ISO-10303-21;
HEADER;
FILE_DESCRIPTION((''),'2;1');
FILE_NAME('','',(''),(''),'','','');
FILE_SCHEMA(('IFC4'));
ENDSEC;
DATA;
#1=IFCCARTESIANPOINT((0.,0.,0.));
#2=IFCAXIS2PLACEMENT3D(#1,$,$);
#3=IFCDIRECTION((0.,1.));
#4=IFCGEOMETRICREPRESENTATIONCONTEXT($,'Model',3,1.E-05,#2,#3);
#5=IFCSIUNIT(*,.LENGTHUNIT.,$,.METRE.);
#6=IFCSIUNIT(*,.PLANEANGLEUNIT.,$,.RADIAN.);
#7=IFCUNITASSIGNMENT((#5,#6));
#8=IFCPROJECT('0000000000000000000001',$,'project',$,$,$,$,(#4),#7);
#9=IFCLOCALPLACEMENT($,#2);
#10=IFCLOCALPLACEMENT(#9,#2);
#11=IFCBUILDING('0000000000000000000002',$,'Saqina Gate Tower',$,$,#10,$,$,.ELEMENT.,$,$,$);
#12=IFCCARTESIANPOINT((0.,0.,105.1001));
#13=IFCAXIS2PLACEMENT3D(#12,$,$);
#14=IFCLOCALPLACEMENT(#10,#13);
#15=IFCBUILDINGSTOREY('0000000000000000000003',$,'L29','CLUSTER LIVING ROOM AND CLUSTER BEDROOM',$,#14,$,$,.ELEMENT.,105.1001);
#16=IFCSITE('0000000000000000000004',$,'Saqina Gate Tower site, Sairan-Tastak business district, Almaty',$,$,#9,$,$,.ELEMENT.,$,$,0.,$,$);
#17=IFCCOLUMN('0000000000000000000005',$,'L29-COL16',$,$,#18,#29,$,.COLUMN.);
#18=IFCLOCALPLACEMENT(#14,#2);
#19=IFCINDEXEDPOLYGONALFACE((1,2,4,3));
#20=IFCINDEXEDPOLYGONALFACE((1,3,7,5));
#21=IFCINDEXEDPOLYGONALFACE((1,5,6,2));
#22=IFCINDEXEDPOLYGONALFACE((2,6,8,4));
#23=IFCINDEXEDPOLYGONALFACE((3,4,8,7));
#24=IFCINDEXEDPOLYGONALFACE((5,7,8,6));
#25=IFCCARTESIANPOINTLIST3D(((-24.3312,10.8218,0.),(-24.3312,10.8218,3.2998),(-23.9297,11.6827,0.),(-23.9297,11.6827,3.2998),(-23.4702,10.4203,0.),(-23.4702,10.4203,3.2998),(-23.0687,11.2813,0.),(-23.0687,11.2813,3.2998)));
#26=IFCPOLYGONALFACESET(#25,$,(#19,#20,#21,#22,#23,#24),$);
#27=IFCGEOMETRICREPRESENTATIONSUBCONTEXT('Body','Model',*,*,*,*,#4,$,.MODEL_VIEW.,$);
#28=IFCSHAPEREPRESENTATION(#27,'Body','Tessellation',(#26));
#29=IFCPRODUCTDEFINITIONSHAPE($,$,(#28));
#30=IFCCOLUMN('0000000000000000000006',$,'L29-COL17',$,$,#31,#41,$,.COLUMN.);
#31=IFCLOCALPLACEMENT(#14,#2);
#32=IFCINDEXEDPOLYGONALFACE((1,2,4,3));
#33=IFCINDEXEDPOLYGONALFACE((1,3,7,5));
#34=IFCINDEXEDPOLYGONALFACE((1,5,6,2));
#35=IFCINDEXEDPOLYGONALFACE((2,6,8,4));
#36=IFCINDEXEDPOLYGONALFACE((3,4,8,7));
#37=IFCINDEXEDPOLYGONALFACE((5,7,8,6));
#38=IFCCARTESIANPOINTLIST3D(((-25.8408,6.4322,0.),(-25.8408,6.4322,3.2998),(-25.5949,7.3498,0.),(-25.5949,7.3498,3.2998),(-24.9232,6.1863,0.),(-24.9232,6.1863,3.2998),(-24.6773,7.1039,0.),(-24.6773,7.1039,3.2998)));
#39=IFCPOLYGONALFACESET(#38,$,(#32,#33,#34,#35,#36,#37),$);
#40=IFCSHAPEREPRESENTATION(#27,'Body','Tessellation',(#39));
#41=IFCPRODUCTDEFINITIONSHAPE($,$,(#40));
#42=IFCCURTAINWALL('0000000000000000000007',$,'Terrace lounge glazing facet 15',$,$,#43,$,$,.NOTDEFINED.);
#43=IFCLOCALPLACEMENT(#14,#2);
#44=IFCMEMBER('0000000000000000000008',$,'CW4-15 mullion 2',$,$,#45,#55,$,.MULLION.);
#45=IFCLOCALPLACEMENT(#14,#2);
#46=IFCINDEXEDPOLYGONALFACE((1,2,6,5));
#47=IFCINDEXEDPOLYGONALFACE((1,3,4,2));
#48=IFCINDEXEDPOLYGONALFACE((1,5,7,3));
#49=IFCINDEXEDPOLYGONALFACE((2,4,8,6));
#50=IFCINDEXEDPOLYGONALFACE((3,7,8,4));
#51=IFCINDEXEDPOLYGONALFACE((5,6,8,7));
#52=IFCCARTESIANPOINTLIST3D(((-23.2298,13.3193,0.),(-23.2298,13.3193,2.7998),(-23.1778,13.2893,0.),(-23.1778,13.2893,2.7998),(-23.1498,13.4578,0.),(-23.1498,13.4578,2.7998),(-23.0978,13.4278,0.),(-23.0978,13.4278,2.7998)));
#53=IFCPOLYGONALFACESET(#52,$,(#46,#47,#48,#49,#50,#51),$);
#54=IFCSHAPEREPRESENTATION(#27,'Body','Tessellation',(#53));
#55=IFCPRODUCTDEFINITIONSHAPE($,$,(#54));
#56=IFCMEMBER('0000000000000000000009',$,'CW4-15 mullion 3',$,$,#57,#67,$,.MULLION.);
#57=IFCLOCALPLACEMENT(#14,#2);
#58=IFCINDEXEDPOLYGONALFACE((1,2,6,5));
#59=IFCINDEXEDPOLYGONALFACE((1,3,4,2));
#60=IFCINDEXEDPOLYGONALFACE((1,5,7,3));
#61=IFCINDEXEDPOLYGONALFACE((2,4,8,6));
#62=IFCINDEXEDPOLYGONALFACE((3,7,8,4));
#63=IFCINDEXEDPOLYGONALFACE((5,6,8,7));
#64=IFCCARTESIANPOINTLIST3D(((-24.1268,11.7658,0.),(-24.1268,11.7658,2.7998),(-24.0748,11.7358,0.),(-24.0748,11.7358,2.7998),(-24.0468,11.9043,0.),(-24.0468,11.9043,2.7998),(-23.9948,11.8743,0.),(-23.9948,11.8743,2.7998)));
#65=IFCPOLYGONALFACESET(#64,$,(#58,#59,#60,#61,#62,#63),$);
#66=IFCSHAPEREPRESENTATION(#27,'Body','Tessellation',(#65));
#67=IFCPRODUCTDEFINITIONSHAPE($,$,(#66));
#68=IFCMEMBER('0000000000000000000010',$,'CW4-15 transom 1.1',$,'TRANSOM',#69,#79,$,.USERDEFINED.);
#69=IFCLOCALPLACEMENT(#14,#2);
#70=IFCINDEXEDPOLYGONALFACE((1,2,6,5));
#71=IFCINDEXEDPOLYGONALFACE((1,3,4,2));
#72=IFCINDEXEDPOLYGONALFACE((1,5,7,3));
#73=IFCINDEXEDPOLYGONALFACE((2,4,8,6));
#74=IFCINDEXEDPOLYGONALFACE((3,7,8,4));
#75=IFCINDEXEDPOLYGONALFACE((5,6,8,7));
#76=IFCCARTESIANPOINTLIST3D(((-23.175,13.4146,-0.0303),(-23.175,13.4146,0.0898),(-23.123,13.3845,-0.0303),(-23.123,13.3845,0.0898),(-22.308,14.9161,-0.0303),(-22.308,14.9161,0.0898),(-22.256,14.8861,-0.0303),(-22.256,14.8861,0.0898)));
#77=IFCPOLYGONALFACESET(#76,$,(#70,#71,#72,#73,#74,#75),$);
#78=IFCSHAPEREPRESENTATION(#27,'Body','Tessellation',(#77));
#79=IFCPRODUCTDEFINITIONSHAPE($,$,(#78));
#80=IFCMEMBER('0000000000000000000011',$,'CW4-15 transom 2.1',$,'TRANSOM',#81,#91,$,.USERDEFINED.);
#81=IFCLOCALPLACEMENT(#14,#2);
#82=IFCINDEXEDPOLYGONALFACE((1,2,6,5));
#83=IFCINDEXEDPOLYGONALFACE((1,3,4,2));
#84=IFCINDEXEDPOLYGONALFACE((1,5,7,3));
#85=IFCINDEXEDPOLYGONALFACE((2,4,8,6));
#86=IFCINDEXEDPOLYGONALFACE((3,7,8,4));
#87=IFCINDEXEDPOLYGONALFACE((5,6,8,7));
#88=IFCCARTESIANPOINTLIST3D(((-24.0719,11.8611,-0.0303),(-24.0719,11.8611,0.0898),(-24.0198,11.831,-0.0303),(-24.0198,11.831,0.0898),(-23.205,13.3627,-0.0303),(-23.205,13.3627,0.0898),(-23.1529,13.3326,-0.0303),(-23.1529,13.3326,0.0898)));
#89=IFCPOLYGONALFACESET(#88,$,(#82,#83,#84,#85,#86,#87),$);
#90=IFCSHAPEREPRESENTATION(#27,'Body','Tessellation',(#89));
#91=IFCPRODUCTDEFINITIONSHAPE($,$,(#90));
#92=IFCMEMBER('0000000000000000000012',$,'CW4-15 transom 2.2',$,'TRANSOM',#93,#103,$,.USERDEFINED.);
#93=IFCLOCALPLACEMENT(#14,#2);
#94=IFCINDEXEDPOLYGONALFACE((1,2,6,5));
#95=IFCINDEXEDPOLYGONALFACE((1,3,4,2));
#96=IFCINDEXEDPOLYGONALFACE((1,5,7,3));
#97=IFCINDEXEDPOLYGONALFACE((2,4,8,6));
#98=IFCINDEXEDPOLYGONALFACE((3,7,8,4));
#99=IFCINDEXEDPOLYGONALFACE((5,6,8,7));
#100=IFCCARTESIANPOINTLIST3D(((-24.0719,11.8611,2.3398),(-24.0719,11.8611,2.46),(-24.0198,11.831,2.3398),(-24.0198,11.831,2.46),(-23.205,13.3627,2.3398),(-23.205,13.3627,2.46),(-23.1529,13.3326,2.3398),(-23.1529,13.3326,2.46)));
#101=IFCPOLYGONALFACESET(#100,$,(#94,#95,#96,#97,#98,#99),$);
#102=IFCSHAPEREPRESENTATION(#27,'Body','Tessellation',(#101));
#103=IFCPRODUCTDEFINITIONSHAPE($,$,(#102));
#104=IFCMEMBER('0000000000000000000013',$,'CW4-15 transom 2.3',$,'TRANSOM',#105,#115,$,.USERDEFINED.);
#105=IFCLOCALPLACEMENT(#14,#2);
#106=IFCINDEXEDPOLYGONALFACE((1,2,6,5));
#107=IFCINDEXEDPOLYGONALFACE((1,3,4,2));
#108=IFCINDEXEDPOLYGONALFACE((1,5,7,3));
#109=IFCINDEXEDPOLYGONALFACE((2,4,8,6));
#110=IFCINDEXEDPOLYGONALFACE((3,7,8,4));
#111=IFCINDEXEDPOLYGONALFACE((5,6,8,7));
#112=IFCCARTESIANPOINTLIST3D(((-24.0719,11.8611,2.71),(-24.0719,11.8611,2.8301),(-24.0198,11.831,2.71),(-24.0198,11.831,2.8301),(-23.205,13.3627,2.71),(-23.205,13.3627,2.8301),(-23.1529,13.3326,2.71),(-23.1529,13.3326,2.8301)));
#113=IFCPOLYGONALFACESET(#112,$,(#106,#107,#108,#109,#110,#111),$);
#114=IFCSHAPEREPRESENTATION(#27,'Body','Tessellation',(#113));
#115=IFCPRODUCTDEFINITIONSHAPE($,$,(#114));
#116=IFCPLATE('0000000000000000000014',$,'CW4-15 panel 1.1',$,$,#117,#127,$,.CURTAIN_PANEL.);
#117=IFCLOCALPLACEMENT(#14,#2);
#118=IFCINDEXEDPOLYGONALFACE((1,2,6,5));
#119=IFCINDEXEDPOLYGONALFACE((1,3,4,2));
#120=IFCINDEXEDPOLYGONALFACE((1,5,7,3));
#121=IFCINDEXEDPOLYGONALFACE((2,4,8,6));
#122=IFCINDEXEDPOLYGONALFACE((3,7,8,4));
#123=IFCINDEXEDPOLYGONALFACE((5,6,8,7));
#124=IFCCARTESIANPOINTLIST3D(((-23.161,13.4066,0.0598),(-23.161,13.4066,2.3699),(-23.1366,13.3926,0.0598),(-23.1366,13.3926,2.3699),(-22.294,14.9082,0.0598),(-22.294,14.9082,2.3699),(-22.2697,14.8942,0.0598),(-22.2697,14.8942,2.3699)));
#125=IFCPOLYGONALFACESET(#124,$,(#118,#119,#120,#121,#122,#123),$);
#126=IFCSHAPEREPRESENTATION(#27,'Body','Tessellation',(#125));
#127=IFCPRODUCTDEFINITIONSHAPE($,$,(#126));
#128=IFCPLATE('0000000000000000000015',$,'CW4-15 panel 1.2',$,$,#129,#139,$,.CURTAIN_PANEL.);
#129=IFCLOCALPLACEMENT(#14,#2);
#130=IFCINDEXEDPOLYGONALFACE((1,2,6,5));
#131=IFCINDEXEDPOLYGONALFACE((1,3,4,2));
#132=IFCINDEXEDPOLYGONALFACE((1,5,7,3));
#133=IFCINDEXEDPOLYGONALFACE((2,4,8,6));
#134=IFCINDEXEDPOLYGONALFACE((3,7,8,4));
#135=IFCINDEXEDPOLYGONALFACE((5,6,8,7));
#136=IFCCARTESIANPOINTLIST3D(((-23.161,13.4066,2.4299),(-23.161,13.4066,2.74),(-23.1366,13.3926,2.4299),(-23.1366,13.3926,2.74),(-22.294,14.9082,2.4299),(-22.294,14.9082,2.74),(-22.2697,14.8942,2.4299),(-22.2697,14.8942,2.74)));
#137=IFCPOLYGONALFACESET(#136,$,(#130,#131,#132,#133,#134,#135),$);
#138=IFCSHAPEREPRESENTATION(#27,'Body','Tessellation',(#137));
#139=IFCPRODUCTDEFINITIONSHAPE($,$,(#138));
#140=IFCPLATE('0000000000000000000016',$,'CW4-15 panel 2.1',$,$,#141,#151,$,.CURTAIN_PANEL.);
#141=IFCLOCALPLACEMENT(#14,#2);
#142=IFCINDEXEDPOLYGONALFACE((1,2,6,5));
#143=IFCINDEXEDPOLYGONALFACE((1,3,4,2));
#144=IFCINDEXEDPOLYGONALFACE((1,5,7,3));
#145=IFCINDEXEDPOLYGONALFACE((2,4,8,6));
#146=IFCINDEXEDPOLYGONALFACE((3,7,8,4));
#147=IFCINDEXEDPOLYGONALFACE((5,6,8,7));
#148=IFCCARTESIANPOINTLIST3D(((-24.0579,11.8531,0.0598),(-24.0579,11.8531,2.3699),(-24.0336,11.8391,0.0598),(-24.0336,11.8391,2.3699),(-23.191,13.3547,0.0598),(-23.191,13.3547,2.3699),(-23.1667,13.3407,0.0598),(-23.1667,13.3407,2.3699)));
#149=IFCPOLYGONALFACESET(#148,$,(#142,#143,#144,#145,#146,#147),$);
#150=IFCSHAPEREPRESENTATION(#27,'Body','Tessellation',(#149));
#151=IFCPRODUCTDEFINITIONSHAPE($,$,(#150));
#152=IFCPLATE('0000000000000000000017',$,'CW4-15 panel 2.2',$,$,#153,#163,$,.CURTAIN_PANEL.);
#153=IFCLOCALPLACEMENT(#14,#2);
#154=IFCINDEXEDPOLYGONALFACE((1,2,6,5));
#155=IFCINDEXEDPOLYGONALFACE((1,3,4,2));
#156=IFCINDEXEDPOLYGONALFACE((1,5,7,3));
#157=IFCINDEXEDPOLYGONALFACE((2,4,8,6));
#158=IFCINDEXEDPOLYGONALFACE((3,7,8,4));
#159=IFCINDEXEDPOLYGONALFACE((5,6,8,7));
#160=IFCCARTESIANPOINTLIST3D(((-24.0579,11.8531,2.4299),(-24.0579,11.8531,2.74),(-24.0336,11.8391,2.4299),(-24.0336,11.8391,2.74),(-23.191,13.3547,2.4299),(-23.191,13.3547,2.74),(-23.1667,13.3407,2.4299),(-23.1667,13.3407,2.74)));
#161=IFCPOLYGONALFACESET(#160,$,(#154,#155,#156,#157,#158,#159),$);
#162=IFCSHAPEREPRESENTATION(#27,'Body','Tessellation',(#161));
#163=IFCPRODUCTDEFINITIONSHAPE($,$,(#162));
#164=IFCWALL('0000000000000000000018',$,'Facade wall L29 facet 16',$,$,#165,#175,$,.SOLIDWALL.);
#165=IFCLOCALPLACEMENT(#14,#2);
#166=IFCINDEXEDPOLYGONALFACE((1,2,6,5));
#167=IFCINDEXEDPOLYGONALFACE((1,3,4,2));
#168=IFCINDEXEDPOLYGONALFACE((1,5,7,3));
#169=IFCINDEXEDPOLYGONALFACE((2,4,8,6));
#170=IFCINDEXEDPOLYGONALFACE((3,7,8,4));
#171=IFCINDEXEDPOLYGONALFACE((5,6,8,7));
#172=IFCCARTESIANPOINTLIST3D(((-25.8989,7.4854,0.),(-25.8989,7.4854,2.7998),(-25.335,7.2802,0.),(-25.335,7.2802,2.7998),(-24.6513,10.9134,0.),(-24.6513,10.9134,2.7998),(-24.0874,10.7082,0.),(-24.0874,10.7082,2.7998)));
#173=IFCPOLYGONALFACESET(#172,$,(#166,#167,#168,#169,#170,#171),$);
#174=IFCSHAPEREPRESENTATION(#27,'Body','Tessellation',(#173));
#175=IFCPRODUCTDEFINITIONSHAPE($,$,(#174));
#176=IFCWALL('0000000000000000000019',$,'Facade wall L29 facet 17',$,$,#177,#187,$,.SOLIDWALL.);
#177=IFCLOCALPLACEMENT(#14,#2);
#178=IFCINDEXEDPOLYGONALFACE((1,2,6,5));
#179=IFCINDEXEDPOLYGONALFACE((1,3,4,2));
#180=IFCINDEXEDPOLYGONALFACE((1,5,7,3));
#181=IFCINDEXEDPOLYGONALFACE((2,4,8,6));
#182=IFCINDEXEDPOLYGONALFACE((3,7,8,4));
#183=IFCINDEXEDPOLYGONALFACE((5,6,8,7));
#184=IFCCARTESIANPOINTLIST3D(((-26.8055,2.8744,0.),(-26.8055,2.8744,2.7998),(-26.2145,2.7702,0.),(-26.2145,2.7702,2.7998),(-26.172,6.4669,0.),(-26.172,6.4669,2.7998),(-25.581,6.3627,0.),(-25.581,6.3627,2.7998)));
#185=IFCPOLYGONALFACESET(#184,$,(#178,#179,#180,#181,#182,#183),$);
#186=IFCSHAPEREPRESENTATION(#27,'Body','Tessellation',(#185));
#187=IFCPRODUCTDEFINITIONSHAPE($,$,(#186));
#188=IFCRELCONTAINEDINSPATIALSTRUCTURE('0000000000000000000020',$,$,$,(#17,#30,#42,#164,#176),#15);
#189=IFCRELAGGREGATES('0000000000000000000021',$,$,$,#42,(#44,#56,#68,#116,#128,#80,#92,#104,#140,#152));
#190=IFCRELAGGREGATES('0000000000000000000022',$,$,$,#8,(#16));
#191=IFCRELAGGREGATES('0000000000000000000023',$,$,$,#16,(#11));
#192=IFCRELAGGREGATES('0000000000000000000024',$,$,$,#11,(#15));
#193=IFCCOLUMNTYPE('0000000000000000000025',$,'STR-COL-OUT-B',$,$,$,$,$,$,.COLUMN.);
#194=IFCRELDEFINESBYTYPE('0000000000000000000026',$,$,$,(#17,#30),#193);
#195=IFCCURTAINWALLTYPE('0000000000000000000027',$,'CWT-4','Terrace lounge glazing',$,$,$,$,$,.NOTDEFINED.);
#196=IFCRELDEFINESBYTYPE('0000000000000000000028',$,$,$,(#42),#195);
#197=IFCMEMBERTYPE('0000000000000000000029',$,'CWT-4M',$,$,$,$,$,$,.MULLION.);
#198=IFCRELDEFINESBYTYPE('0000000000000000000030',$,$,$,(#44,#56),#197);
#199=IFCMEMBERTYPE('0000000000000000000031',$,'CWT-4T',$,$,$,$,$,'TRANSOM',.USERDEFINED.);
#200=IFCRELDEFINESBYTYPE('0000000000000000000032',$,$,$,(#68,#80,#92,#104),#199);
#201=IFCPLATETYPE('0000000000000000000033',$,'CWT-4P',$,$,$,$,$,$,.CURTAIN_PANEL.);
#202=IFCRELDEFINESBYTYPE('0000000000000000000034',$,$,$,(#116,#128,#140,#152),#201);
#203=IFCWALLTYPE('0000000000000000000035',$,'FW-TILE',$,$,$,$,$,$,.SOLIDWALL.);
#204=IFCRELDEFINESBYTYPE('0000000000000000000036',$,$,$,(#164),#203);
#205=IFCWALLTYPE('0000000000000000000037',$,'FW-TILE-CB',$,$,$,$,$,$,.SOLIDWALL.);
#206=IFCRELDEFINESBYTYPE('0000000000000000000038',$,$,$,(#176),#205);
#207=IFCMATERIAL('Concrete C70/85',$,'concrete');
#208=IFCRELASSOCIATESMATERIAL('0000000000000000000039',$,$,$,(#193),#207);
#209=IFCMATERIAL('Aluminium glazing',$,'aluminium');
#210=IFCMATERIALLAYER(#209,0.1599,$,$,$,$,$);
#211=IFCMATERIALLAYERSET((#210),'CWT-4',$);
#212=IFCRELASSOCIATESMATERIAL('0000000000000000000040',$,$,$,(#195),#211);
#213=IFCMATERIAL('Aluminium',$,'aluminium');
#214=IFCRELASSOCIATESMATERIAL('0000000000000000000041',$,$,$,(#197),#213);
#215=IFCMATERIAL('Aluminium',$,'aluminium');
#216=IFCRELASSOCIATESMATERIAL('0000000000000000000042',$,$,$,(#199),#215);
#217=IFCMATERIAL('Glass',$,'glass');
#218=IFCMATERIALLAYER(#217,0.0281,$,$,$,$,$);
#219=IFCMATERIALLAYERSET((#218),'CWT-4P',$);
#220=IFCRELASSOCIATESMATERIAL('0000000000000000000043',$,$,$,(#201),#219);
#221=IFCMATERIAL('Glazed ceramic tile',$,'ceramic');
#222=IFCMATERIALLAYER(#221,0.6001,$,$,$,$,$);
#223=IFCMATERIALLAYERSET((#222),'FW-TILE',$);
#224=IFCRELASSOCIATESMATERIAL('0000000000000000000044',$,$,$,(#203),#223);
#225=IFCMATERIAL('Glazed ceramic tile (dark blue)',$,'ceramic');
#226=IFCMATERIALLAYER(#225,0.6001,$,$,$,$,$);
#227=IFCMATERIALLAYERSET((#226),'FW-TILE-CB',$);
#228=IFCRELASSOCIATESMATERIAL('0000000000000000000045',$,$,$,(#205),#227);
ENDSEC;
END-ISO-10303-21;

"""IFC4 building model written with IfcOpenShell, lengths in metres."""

from ifc_helpers import new_model, si_unit, direction, frame, frame_2d, origin, origin_2d, place, context, subcontext, project, spatial, rectangle, extrude, material, layer, layer_set, material_profile, profile_set, type_object, element, aggregate, save


model = new_model("IFC4")

# Units and contexts
model_context = context("Model", 3, precision=1e-05, world=origin(), true_north=direction((0.0, 1.0)))
body_context = subcontext(model_context, "Body", "Model", "MODEL_VIEW")
ifc_project = project(units=[si_unit("LENGTHUNIT", "METRE"), si_unit("PLANEANGLEUNIT", "RADIAN")], contexts=[model_context])

# Site, building, storey
site_placement = place(None, origin())
site = spatial("IfcSite", under=ifc_project, at=site_placement, Name="Saqina Gate Tower site, Sairan-Tastak business district, Almaty", CompositionType="ELEMENT", RefElevation=0.0)
building_placement = place(site_placement, origin())
building = spatial("IfcBuilding", under=site, at=building_placement, Name="Saqina Gate Tower", CompositionType="ELEMENT")
storey_placement = place(building_placement, frame((0.0, 0.0, 105.1001)))
storey = spatial("IfcBuildingStorey", under=building, at=storey_placement, Name="L29", Description="CLUSTER LIVING ROOM AND CLUSTER BEDROOM", CompositionType="ELEMENT", Elevation=105.1001)

# Columns
ifc_material_1 = material(Name="Concrete C70/85", Category="concrete")
ifc_material_profile_1 = material_profile(ifc_material_1, rectangle(XDim=0.95, YDim=0.95, at=origin_2d()), Name="RC 950x950")
ifc_profile_set_1 = profile_set([ifc_material_profile_1], Name="Concrete C70/85")
column_type = type_object("IfcColumnType", Name="STR-COL-OUT-B", PredefinedType="COLUMN", material=ifc_profile_set_1)
for number, where, z_axis, x_axis, name in (
    (1, (-23.7, 11.0515, 0.0), (0.0, 0.0, 1.0), (-0.906308, 0.422618, 0.0), "L29-COL16"),
    (2, (-25.259, 6.7681, 0.0), (0.0, 0.0, 1.0), (-0.965926, 0.258819, 0.0), "L29-COL17"),
):
    element("IfcColumn", number, at=place(storey_placement, frame(where, z_axis=z_axis, x_axis=x_axis)), inside=storey, type_object=column_type, Name=name, PredefinedType="COLUMN", context=body_context, shape_type="SweptSolid", body=[
        extrude(rectangle(XDim=0.95, YDim=0.95, at=origin_2d()), origin(), (0.0, 0.0, 1.0), 3.2998),
    ])

# Curtain wall, members, plates
ifc_material_2 = material(Name="Aluminium glazing", Category="aluminium")
ifc_layer_1 = layer(ifc_material_2, 0.1599)
ifc_layer_set_1 = layer_set([ifc_layer_1], Name="CWT-4")
curtain_wall_type = type_object("IfcCurtainWallType", Name="CWT-4", Description="Terrace lounge glazing", PredefinedType="NOTDEFINED", material=ifc_layer_set_1)
curtain_wall_placement = place(storey_placement, origin())
curtain_wall = element("IfcCurtainWall", 3, at=curtain_wall_placement, inside=storey, type_object=curtain_wall_type, Name="Terrace lounge glazing facet 15", PredefinedType="NOTDEFINED")
ifc_material_3 = material(Name="Aluminium", Category="aluminium")
ifc_material_profile_2 = material_profile(ifc_material_3, rectangle(XDim=0.0601, YDim=0.1599, at=origin_2d()), Name="Aluminium 60x160")
ifc_profile_set_2 = profile_set([ifc_material_profile_2], Name="Aluminium")
member_type_1 = type_object("IfcMemberType", Name="CWT-4M", PredefinedType="MULLION", material=ifc_profile_set_2)
member_1_placement = place(storey_placement, frame((-23.1638, 13.3735, 0.0), z_axis=(0.0, 0.0, 1.0), x_axis=(0.866026, -0.499999, 0.0)))
member_1 = element("IfcMember", 4, at=member_1_placement, type_object=member_type_1, Name="CW4-15 mullion 2", PredefinedType="MULLION", context=body_context, shape_type="SweptSolid", body=[
    extrude(rectangle(XDim=0.0601, YDim=0.1599, at=origin_2d()), origin(), (0.0, 0.0, 1.0), 2.7998),
])
member_2_placement = place(storey_placement, frame((-24.0608, 11.8201, 0.0), z_axis=(0.0, 0.0, 1.0), x_axis=(0.866026, -0.499999, 0.0)))
member_2 = element("IfcMember", 5, at=member_2_placement, type_object=member_type_1, Name="CW4-15 mullion 3", PredefinedType="MULLION", context=body_context, shape_type="SweptSolid", body=[
    extrude(rectangle(XDim=0.0601, YDim=0.1599, at=origin_2d()), origin(), (0.0, 0.0, 1.0), 2.7998),
])
ifc_material_4 = material(Name="Aluminium", Category="aluminium")
ifc_material_profile_3 = material_profile(ifc_material_4, rectangle(XDim=0.0601, YDim=0.1201, at=origin_2d()), Name="Aluminium 60x120")
ifc_profile_set_3 = profile_set([ifc_material_profile_3], Name="Aluminium")
member_type_2 = type_object("IfcMemberType", Name="CWT-4T", ElementType="TRANSOM", PredefinedType="USERDEFINED", material=ifc_profile_set_3)
member_3_placement = place(storey_placement, frame((-22.282, 14.9011, 0.0298), z_axis=(-0.500031, -0.866007, 0.0), x_axis=(0.866007, -0.500031, 0.0)))
member_3 = element("IfcMember", 6, at=member_3_placement, type_object=member_type_2, Name="CW4-15 transom 1.1", ObjectType="TRANSOM", PredefinedType="USERDEFINED", context=body_context, shape_type="SweptSolid", body=[
    extrude(rectangle(XDim=0.0601, YDim=0.1201, at=origin_2d()), origin(), (0.0, 0.0, 1.0), 1.7339),
])
member_4_placement = place(storey_placement, frame((-23.179, 13.3477, 0.0298), z_axis=(-0.49997, -0.866043, 0.0), x_axis=(0.866043, -0.49997, 0.0)))
member_4 = element("IfcMember", 7, at=member_4_placement, type_object=member_type_2, Name="CW4-15 transom 2.1", ObjectType="TRANSOM", PredefinedType="USERDEFINED", context=body_context, shape_type="SweptSolid", body=[
    extrude(rectangle(XDim=0.0601, YDim=0.1201, at=origin_2d()), origin(), (0.0, 0.0, 1.0), 1.7339),
])
member_5_placement = place(storey_placement, frame((-23.179, 13.3477, 2.3999), z_axis=(-0.49997, -0.866043, 0.0), x_axis=(0.866043, -0.49997, 0.0)))
member_5 = element("IfcMember", 8, at=member_5_placement, type_object=member_type_2, Name="CW4-15 transom 2.2", ObjectType="TRANSOM", PredefinedType="USERDEFINED", context=body_context, shape_type="SweptSolid", body=[
    extrude(rectangle(XDim=0.0601, YDim=0.1201, at=origin_2d()), origin(), (0.0, 0.0, 1.0), 1.7339),
])
member_6_placement = place(storey_placement, frame((-23.179, 13.3477, 2.77), z_axis=(-0.49997, -0.866043, 0.0), x_axis=(0.866043, -0.49997, 0.0)))
member_6 = element("IfcMember", 9, at=member_6_placement, type_object=member_type_2, Name="CW4-15 transom 2.3", ObjectType="TRANSOM", PredefinedType="USERDEFINED", context=body_context, shape_type="SweptSolid", body=[
    extrude(rectangle(XDim=0.0601, YDim=0.1201, at=origin_2d()), origin(), (0.0, 0.0, 1.0), 1.7339),
])
ifc_material_5 = material(Name="Glass", Category="glass")
ifc_layer_2 = layer(ifc_material_5, 0.0281)
ifc_layer_set_2 = layer_set([ifc_layer_2], Name="CWT-4P")
plate_type = type_object("IfcPlateType", Name="CWT-4P", PredefinedType="CURTAIN_PANEL", material=ifc_layer_set_2)
plate_1_placement = place(storey_placement, frame((-22.7153, 14.1504, 0.0598), z_axis=(0.0, 0.0, 1.0), x_axis=(-0.499999, -0.866026, 0.0)))
plate_1 = element("IfcPlate", 10, at=plate_1_placement, type_object=plate_type, Name="CW4-15 panel 1.1", PredefinedType="CURTAIN_PANEL", context=body_context, shape_type="SweptSolid", body=[
    extrude(rectangle(XDim=1.7339, YDim=0.0281, at=origin_2d()), origin(), (0.0, 0.0, 1.0), 2.3101),
])
plate_2_placement = place(storey_placement, frame((-22.7153, 14.1504, 2.4299), z_axis=(0.0, 0.0, 1.0), x_axis=(-0.499999, -0.866026, 0.0)))
plate_2 = element("IfcPlate", 11, at=plate_2_placement, type_object=plate_type, Name="CW4-15 panel 1.2", PredefinedType="CURTAIN_PANEL", context=body_context, shape_type="SweptSolid", body=[
    extrude(rectangle(XDim=1.7339, YDim=0.0281, at=origin_2d()), origin(), (0.0, 0.0, 1.0), 0.3101),
])
plate_3_placement = place(storey_placement, frame((-23.6123, 12.5969, 0.0598), z_axis=(0.0, 0.0, 1.0), x_axis=(-0.499999, -0.866026, 0.0)))
plate_3 = element("IfcPlate", 12, at=plate_3_placement, type_object=plate_type, Name="CW4-15 panel 2.1", PredefinedType="CURTAIN_PANEL", context=body_context, shape_type="SweptSolid", body=[
    extrude(rectangle(XDim=1.7339, YDim=0.0281, at=origin_2d()), origin(), (0.0, 0.0, 1.0), 2.3101),
])
plate_4_placement = place(storey_placement, frame((-23.6123, 12.5969, 2.4299), z_axis=(0.0, 0.0, 1.0), x_axis=(-0.499999, -0.866026, 0.0)))
plate_4 = element("IfcPlate", 13, at=plate_4_placement, type_object=plate_type, Name="CW4-15 panel 2.2", PredefinedType="CURTAIN_PANEL", context=body_context, shape_type="SweptSolid", body=[
    extrude(rectangle(XDim=1.7339, YDim=0.0281, at=origin_2d()), origin(), (0.0, 0.0, 1.0), 0.3101),
])
aggregate(curtain_wall, [member_1, member_2, member_3, plate_1, plate_2, member_4, member_5, member_6, plate_3, plate_4])

# Walls
ifc_material_6 = material(Name="Glazed ceramic tile", Category="ceramic")
ifc_layer_3 = layer(ifc_material_6, 0.6001)
ifc_layer_set_3 = layer_set([ifc_layer_3], Name="FW-TILE")
wall_type_1 = type_object("IfcWallType", Name="FW-TILE", PredefinedType="SOLIDWALL", material=ifc_layer_set_3)
wall_1_placement = place(storey_placement, frame((-24.3694, 10.8108, 0.0), z_axis=(0.0, 0.0, 1.0), x_axis=(-0.34199, -0.939704, 0.0)))
element("IfcWall", 14, at=wall_1_placement, inside=storey, type_object=wall_type_1, Name="Facade wall L29 facet 16", PredefinedType="SOLIDWALL", context=body_context, shape_type="SweptSolid", body=[
    extrude(rectangle(XDim=3.6479, YDim=0.6001, at=frame_2d((1.824, 0.0))), origin(), (0.0, 0.0, 1.0), 2.7998),
])
ifc_material_7 = material(Name="Glazed ceramic tile (dark blue)", Category="ceramic")
ifc_layer_4 = layer(ifc_material_7, 0.6001)
ifc_layer_set_4 = layer_set([ifc_layer_4], Name="FW-TILE-CB")
wall_type_2 = type_object("IfcWallType", Name="FW-TILE-CB", PredefinedType="SOLIDWALL", material=ifc_layer_set_4)
wall_2_placement = place(storey_placement, frame((-25.8765, 6.4148, 0.0), z_axis=(0.0, 0.0, 1.0), x_axis=(-0.173671, -0.984804, 0.0)))
element("IfcWall", 15, at=wall_2_placement, inside=storey, type_object=wall_type_2, Name="Facade wall L29 facet 17", PredefinedType="SOLIDWALL", context=body_context, shape_type="SweptSolid", body=[
    extrude(rectangle(XDim=3.6479, YDim=0.6001, at=frame_2d((1.824, 0.0))), origin(), (0.0, 0.0, 1.0), 2.7998),
])

save(model, "model.ifc")
